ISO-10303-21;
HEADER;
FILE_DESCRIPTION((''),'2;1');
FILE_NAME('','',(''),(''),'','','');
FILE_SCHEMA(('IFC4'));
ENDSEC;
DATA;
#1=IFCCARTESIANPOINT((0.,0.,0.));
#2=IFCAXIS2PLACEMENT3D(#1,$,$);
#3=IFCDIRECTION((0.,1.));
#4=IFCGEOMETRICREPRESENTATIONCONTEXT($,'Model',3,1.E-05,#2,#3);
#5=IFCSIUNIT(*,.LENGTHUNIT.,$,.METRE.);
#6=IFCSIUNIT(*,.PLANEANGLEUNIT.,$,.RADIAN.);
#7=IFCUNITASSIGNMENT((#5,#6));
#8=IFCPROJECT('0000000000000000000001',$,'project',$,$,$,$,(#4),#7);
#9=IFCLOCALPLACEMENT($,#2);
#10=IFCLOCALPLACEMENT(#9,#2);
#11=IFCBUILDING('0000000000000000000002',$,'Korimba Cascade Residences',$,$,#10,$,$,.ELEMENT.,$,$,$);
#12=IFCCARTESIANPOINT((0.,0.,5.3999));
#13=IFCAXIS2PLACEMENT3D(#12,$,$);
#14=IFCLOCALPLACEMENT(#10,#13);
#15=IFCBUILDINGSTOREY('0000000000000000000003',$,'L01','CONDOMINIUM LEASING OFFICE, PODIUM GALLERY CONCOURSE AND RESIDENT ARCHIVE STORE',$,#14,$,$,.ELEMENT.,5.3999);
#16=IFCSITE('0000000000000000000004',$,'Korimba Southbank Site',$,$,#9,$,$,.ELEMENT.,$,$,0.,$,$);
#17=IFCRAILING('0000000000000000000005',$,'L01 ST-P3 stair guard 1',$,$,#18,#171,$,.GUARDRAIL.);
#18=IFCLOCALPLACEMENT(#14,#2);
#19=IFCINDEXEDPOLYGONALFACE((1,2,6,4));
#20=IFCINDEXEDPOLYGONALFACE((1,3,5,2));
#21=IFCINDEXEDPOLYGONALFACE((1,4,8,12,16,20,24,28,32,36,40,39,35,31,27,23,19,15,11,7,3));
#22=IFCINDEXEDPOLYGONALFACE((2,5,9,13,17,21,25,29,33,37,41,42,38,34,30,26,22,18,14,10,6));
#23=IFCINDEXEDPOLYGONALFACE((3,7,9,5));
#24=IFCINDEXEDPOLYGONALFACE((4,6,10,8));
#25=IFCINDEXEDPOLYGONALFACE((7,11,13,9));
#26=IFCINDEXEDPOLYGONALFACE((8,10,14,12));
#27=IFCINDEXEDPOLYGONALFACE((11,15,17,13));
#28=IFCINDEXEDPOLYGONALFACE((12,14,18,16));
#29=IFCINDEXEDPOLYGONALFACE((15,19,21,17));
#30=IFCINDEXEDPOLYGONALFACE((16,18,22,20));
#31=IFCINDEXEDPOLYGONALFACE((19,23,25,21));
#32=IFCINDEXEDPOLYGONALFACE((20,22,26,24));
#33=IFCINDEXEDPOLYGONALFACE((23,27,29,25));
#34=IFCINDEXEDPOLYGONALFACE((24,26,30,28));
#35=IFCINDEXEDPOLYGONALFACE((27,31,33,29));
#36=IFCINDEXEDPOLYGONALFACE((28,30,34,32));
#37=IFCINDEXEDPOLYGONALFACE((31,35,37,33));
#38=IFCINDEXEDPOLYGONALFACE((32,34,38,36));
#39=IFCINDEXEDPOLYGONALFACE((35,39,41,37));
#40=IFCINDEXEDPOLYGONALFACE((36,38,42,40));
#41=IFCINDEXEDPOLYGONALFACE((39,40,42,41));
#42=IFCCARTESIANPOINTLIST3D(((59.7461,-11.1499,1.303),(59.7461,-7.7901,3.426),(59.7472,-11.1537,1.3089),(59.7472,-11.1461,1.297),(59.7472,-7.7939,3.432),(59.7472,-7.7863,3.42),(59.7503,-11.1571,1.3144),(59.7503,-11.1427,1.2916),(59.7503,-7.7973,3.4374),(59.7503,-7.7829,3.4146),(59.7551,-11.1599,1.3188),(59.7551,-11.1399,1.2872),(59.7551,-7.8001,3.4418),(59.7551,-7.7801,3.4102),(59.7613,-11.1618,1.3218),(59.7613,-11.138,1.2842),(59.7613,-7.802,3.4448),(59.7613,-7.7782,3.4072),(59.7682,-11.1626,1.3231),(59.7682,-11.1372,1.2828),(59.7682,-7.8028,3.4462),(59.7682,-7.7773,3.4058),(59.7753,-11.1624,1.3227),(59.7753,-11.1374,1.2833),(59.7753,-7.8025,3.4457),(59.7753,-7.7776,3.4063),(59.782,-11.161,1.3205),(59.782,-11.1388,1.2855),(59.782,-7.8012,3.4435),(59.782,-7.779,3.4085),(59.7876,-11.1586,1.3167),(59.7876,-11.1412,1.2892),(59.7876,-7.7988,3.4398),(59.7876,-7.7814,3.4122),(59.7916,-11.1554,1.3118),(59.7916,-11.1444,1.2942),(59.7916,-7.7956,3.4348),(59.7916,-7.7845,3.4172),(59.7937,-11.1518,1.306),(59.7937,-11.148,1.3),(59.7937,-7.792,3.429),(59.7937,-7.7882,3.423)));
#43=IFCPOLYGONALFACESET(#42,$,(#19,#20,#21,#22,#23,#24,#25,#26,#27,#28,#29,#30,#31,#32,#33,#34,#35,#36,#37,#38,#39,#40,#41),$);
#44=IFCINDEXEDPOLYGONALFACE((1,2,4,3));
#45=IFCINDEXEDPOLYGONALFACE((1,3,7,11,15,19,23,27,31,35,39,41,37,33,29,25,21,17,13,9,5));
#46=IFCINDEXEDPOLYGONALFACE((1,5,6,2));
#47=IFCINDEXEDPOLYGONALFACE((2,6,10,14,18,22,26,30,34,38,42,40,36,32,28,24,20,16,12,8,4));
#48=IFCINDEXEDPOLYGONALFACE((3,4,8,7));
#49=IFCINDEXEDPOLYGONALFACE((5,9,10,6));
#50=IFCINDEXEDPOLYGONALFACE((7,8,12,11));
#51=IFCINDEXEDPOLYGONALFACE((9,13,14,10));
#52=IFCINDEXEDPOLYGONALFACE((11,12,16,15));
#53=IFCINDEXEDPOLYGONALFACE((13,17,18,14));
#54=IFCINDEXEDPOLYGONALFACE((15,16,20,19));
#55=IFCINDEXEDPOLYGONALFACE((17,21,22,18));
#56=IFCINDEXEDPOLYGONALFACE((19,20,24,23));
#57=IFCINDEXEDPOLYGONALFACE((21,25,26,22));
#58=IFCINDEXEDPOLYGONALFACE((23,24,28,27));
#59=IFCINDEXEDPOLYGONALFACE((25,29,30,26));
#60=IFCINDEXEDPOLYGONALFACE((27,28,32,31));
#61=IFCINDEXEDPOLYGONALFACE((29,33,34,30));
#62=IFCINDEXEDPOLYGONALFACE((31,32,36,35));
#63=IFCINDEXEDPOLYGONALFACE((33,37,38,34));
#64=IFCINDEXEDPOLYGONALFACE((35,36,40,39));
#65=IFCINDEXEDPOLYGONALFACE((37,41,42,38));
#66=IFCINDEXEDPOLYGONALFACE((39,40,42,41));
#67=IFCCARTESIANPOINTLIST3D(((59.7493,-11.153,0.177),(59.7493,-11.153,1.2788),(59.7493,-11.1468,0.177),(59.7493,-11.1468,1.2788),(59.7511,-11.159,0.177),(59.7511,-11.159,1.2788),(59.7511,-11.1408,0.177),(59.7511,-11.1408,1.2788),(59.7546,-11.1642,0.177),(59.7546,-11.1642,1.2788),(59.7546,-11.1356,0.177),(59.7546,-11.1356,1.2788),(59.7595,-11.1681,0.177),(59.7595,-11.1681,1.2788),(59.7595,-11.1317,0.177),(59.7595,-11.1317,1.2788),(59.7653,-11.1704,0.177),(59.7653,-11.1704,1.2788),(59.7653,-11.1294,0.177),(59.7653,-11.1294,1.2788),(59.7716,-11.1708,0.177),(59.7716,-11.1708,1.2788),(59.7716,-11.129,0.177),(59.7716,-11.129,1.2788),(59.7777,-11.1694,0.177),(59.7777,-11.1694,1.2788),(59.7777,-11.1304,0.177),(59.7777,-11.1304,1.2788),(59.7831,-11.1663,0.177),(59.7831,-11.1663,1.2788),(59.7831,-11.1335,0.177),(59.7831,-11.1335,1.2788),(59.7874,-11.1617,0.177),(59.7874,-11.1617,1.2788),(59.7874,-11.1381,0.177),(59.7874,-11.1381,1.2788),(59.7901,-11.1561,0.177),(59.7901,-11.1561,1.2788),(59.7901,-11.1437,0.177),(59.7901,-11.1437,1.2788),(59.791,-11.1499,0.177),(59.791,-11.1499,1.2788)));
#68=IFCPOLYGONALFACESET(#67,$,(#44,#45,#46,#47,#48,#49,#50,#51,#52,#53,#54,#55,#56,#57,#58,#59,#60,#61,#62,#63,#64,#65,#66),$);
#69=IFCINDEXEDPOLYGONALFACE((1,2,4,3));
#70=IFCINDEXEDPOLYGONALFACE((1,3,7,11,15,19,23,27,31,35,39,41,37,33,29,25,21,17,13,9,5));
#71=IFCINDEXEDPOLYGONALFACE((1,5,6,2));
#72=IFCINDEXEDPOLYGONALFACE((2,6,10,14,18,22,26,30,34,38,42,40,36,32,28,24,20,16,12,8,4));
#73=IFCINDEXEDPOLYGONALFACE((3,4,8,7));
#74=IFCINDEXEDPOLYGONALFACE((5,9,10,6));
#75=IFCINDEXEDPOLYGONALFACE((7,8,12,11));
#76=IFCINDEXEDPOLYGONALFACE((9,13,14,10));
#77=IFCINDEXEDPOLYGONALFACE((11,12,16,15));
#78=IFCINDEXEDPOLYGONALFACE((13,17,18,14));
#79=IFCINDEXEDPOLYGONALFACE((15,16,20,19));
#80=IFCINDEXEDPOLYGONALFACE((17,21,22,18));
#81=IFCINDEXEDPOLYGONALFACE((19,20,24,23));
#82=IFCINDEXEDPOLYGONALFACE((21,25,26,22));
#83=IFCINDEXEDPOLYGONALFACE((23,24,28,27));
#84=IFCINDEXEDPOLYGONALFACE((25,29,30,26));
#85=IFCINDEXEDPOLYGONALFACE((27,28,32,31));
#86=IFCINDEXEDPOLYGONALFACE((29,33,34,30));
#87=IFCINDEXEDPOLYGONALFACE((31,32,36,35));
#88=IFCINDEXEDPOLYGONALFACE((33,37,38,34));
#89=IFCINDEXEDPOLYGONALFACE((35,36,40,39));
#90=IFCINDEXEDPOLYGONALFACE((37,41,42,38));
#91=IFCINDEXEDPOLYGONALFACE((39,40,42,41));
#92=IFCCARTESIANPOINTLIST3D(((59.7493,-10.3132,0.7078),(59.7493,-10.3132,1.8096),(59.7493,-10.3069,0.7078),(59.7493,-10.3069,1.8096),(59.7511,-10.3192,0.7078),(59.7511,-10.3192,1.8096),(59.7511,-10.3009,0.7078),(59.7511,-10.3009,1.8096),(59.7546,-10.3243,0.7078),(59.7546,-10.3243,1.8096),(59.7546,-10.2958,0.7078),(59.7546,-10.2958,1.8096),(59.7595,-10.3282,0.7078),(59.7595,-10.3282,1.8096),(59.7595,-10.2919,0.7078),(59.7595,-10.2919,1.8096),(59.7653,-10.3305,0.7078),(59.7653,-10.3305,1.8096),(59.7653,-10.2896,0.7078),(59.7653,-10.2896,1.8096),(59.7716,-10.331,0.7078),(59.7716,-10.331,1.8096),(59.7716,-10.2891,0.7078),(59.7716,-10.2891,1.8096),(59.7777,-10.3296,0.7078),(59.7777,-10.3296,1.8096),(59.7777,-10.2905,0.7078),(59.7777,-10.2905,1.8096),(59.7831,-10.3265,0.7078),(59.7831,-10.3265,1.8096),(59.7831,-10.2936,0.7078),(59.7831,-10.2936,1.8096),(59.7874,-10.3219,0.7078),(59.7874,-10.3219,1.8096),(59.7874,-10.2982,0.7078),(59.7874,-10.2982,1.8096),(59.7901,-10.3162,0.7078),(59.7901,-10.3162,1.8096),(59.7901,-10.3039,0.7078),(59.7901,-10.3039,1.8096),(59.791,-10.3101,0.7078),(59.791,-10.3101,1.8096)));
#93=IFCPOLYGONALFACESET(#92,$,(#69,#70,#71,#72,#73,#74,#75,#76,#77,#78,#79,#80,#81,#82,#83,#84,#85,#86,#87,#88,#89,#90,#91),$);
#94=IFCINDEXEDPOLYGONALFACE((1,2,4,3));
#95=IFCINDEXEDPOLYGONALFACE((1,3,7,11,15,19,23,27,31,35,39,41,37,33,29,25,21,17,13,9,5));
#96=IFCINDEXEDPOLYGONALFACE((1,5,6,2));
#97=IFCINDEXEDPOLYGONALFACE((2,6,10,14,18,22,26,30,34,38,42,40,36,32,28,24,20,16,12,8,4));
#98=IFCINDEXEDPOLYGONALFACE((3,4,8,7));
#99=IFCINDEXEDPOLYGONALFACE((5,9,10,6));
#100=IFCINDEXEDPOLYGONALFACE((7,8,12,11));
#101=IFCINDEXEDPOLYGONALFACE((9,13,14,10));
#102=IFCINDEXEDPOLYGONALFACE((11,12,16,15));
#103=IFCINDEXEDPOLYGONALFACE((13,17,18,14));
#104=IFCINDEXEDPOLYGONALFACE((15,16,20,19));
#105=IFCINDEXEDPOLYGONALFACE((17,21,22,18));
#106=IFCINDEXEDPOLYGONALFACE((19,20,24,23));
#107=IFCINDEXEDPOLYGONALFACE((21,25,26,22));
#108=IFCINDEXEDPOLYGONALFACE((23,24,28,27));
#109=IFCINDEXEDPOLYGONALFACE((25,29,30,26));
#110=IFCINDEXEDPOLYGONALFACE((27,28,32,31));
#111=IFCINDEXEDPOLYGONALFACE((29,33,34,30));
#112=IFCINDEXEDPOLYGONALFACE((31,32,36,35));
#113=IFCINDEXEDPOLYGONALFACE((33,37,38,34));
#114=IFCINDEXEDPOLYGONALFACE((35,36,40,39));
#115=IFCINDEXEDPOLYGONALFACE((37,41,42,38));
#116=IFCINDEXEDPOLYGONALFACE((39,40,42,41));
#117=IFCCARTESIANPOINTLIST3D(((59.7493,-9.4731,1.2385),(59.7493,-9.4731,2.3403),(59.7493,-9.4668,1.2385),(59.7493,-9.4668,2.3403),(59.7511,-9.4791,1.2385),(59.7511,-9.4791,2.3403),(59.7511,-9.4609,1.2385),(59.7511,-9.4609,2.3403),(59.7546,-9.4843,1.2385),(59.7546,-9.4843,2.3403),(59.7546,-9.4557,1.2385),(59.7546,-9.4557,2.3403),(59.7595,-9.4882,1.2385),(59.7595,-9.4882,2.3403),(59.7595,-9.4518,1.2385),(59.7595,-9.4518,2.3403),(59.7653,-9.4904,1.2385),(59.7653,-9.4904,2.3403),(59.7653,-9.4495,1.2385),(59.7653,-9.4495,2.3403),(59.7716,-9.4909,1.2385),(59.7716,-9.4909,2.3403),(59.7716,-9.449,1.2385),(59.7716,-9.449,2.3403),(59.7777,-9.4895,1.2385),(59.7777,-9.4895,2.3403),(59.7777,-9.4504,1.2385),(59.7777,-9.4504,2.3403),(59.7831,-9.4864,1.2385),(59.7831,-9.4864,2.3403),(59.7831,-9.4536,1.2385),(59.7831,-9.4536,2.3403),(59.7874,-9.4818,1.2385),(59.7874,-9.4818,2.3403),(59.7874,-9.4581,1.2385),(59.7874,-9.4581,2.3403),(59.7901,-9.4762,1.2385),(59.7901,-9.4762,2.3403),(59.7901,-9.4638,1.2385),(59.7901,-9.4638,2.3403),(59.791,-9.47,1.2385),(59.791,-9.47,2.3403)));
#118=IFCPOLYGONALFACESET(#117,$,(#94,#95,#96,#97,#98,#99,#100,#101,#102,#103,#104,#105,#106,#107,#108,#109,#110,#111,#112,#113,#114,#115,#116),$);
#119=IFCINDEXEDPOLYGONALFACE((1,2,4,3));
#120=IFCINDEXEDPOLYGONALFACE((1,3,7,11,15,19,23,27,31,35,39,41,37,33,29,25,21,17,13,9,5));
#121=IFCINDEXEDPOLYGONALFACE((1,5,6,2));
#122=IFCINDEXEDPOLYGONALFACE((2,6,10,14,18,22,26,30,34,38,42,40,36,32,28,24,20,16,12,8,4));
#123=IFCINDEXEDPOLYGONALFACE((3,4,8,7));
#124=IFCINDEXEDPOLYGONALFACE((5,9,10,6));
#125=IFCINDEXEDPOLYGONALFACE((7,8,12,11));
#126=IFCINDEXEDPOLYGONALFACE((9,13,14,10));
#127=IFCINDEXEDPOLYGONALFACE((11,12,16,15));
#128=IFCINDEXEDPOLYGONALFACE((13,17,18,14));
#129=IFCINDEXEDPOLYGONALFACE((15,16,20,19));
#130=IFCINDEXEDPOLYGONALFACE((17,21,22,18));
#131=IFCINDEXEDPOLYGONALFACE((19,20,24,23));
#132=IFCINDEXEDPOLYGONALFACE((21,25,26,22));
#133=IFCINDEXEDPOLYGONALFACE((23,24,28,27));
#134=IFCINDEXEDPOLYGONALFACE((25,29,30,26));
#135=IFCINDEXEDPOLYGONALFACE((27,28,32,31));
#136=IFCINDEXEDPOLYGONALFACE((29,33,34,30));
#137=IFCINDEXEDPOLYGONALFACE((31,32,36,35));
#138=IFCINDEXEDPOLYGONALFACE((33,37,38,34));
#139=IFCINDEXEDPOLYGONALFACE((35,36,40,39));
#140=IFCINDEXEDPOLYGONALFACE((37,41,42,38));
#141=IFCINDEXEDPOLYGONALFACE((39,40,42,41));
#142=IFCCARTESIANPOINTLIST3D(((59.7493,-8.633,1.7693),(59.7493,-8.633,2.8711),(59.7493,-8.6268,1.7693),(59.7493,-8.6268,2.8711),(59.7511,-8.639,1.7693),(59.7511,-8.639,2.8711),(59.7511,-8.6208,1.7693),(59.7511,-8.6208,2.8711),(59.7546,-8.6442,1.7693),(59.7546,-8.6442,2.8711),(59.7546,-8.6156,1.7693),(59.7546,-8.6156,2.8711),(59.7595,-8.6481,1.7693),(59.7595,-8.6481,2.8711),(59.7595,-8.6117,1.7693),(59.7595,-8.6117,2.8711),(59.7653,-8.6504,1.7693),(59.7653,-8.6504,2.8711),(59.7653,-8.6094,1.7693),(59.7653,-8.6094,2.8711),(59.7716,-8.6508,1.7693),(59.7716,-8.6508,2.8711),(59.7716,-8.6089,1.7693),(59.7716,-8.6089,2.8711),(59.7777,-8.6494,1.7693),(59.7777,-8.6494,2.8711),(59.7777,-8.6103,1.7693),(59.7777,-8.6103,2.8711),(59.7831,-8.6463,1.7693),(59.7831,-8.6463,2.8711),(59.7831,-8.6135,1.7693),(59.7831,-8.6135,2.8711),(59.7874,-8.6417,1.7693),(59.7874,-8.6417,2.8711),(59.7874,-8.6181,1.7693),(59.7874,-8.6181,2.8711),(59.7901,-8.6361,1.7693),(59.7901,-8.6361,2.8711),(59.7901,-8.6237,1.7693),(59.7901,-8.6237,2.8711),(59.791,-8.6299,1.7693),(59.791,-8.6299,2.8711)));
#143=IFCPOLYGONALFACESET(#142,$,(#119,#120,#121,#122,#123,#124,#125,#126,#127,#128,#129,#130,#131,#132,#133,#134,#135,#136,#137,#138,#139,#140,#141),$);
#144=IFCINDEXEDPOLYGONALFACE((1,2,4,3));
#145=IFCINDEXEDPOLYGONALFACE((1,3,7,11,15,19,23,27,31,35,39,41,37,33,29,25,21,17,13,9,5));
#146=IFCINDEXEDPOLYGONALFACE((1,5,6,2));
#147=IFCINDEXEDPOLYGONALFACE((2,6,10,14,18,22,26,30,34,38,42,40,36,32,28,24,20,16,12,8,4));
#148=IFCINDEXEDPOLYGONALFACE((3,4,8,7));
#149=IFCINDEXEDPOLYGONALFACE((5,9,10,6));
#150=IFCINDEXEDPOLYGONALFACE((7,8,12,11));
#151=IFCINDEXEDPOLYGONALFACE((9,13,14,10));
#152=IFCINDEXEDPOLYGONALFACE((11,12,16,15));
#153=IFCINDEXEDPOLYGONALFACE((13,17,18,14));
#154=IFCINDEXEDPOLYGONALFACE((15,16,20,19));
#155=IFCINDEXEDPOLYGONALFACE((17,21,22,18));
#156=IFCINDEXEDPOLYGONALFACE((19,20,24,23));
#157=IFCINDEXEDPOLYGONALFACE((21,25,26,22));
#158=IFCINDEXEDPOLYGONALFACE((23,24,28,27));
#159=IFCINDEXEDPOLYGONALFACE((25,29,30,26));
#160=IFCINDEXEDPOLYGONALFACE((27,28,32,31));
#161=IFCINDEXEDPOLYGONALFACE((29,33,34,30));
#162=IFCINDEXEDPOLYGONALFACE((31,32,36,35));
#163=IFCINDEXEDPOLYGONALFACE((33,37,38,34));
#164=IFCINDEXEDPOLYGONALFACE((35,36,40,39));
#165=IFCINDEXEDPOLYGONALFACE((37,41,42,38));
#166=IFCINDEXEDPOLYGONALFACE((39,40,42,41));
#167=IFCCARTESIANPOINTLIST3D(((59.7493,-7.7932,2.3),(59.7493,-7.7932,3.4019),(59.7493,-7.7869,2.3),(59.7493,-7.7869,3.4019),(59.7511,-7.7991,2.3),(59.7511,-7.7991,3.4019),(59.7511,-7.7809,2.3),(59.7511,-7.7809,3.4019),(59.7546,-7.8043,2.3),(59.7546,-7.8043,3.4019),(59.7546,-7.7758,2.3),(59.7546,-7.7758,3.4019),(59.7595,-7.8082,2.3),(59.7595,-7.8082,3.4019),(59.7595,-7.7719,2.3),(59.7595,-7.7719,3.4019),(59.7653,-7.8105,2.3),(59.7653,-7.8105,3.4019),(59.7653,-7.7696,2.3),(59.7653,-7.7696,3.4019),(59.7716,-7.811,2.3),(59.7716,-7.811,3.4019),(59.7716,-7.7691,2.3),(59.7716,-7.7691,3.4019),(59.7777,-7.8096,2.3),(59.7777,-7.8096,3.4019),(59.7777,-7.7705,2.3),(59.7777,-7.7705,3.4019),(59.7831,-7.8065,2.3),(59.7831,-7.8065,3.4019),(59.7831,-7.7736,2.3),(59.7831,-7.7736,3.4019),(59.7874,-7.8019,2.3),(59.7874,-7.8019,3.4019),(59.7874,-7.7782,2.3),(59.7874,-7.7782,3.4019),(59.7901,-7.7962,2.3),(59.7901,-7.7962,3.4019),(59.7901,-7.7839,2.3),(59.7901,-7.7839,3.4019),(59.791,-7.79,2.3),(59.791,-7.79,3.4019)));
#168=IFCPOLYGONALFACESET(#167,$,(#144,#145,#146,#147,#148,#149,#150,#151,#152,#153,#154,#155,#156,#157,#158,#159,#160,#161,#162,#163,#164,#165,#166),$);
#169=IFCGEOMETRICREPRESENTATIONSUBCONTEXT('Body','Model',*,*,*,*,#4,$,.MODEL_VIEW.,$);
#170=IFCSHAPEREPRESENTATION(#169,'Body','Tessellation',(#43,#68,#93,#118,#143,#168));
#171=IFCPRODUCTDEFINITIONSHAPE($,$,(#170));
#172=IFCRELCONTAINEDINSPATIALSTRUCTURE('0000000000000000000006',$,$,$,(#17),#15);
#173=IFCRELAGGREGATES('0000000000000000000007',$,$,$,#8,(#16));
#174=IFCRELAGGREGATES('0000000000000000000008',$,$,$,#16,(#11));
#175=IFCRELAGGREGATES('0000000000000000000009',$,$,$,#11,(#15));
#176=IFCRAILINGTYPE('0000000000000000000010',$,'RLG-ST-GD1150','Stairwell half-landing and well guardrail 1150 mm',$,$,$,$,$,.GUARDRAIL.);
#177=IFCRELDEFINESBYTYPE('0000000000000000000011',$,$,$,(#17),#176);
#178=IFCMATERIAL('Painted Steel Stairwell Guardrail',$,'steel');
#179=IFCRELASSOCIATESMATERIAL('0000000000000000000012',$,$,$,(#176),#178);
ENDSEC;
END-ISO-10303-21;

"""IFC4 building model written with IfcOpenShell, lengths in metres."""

from ifc_helpers import new_model, si_unit, direction, frame, origin, origin_2d, place, context, subcontext, project, spatial, circle, extrude, material, type_object, element, save


model = new_model("IFC4")

# Units and contexts
model_context = context("Model", 3, precision=1e-05, world=origin(), true_north=direction((0.0, 1.0)))
body_context = subcontext(model_context, "Body", "Model", "MODEL_VIEW")
ifc_project = project(units=[si_unit("LENGTHUNIT", "METRE"), si_unit("PLANEANGLEUNIT", "RADIAN")], contexts=[model_context])

# Site, building, storey
site_placement = place(None, origin())
site = spatial("IfcSite", under=ifc_project, at=site_placement, Name="Korimba Southbank Site", CompositionType="ELEMENT", RefElevation=0.0)
building_placement = place(site_placement, origin())
building = spatial("IfcBuilding", under=site, at=building_placement, Name="Korimba Cascade Residences", CompositionType="ELEMENT")
storey_placement = place(building_placement, frame((0.0, 0.0, 5.3999)))
storey = spatial("IfcBuildingStorey", under=building, at=storey_placement, Name="L01", Description="CONDOMINIUM LEASING OFFICE, PODIUM GALLERY CONCOURSE AND RESIDENT ARCHIVE STORE", CompositionType="ELEMENT", Elevation=5.3999)

# Railing
ifc_material_1 = material(Name="Painted Steel Stairwell Guardrail", Category="steel")
railing_type_1 = type_object("IfcRailingType", Name="RLG-ST-GD1150", Description="Stairwell half-landing and well guardrail 1150 mm", PredefinedType="GUARDRAIL", material=ifc_material_1)
railing_1_placement = place(storey_placement, frame((59.77, -11.1499, 0.177)))
element("IfcRailing", 1, at=railing_1_placement, inside=storey, type_object=railing_type_1, Name="L01 ST-P3 stair guard 1", PredefinedType="GUARDRAIL", context=body_context, shape_type="SweptSolid", body=[
    extrude(circle(Radius=0.0239, at=origin_2d()), frame((0.0, 0.0, 1.126), z_axis=(0.0, 0.845372, 0.534178), x_axis=(-1.0, 0.0, 0.0)), (0.0, 0.0, 1.0), 3.9744),
    extrude(circle(Radius=0.021, at=origin_2d()), origin(), (0.0, 0.0, 1.0), 1.1018),
    extrude(circle(Radius=0.021, at=origin_2d()), frame((0.0, 0.8398, 0.5308)), (0.0, 0.0, 1.0), 1.1018),
    extrude(circle(Radius=0.021, at=origin_2d()), frame((0.0, 1.6799, 1.0615)), (0.0, 0.0, 1.0), 1.1018),
    extrude(circle(Radius=0.021, at=origin_2d()), frame((0.0, 2.52, 1.5923)), (0.0, 0.0, 1.0), 1.1018),
    extrude(circle(Radius=0.021, at=origin_2d()), frame((0.0, 3.3599, 2.123)), (0.0, 0.0, 1.0), 1.1018),
])

save(model, "model.ifc")
